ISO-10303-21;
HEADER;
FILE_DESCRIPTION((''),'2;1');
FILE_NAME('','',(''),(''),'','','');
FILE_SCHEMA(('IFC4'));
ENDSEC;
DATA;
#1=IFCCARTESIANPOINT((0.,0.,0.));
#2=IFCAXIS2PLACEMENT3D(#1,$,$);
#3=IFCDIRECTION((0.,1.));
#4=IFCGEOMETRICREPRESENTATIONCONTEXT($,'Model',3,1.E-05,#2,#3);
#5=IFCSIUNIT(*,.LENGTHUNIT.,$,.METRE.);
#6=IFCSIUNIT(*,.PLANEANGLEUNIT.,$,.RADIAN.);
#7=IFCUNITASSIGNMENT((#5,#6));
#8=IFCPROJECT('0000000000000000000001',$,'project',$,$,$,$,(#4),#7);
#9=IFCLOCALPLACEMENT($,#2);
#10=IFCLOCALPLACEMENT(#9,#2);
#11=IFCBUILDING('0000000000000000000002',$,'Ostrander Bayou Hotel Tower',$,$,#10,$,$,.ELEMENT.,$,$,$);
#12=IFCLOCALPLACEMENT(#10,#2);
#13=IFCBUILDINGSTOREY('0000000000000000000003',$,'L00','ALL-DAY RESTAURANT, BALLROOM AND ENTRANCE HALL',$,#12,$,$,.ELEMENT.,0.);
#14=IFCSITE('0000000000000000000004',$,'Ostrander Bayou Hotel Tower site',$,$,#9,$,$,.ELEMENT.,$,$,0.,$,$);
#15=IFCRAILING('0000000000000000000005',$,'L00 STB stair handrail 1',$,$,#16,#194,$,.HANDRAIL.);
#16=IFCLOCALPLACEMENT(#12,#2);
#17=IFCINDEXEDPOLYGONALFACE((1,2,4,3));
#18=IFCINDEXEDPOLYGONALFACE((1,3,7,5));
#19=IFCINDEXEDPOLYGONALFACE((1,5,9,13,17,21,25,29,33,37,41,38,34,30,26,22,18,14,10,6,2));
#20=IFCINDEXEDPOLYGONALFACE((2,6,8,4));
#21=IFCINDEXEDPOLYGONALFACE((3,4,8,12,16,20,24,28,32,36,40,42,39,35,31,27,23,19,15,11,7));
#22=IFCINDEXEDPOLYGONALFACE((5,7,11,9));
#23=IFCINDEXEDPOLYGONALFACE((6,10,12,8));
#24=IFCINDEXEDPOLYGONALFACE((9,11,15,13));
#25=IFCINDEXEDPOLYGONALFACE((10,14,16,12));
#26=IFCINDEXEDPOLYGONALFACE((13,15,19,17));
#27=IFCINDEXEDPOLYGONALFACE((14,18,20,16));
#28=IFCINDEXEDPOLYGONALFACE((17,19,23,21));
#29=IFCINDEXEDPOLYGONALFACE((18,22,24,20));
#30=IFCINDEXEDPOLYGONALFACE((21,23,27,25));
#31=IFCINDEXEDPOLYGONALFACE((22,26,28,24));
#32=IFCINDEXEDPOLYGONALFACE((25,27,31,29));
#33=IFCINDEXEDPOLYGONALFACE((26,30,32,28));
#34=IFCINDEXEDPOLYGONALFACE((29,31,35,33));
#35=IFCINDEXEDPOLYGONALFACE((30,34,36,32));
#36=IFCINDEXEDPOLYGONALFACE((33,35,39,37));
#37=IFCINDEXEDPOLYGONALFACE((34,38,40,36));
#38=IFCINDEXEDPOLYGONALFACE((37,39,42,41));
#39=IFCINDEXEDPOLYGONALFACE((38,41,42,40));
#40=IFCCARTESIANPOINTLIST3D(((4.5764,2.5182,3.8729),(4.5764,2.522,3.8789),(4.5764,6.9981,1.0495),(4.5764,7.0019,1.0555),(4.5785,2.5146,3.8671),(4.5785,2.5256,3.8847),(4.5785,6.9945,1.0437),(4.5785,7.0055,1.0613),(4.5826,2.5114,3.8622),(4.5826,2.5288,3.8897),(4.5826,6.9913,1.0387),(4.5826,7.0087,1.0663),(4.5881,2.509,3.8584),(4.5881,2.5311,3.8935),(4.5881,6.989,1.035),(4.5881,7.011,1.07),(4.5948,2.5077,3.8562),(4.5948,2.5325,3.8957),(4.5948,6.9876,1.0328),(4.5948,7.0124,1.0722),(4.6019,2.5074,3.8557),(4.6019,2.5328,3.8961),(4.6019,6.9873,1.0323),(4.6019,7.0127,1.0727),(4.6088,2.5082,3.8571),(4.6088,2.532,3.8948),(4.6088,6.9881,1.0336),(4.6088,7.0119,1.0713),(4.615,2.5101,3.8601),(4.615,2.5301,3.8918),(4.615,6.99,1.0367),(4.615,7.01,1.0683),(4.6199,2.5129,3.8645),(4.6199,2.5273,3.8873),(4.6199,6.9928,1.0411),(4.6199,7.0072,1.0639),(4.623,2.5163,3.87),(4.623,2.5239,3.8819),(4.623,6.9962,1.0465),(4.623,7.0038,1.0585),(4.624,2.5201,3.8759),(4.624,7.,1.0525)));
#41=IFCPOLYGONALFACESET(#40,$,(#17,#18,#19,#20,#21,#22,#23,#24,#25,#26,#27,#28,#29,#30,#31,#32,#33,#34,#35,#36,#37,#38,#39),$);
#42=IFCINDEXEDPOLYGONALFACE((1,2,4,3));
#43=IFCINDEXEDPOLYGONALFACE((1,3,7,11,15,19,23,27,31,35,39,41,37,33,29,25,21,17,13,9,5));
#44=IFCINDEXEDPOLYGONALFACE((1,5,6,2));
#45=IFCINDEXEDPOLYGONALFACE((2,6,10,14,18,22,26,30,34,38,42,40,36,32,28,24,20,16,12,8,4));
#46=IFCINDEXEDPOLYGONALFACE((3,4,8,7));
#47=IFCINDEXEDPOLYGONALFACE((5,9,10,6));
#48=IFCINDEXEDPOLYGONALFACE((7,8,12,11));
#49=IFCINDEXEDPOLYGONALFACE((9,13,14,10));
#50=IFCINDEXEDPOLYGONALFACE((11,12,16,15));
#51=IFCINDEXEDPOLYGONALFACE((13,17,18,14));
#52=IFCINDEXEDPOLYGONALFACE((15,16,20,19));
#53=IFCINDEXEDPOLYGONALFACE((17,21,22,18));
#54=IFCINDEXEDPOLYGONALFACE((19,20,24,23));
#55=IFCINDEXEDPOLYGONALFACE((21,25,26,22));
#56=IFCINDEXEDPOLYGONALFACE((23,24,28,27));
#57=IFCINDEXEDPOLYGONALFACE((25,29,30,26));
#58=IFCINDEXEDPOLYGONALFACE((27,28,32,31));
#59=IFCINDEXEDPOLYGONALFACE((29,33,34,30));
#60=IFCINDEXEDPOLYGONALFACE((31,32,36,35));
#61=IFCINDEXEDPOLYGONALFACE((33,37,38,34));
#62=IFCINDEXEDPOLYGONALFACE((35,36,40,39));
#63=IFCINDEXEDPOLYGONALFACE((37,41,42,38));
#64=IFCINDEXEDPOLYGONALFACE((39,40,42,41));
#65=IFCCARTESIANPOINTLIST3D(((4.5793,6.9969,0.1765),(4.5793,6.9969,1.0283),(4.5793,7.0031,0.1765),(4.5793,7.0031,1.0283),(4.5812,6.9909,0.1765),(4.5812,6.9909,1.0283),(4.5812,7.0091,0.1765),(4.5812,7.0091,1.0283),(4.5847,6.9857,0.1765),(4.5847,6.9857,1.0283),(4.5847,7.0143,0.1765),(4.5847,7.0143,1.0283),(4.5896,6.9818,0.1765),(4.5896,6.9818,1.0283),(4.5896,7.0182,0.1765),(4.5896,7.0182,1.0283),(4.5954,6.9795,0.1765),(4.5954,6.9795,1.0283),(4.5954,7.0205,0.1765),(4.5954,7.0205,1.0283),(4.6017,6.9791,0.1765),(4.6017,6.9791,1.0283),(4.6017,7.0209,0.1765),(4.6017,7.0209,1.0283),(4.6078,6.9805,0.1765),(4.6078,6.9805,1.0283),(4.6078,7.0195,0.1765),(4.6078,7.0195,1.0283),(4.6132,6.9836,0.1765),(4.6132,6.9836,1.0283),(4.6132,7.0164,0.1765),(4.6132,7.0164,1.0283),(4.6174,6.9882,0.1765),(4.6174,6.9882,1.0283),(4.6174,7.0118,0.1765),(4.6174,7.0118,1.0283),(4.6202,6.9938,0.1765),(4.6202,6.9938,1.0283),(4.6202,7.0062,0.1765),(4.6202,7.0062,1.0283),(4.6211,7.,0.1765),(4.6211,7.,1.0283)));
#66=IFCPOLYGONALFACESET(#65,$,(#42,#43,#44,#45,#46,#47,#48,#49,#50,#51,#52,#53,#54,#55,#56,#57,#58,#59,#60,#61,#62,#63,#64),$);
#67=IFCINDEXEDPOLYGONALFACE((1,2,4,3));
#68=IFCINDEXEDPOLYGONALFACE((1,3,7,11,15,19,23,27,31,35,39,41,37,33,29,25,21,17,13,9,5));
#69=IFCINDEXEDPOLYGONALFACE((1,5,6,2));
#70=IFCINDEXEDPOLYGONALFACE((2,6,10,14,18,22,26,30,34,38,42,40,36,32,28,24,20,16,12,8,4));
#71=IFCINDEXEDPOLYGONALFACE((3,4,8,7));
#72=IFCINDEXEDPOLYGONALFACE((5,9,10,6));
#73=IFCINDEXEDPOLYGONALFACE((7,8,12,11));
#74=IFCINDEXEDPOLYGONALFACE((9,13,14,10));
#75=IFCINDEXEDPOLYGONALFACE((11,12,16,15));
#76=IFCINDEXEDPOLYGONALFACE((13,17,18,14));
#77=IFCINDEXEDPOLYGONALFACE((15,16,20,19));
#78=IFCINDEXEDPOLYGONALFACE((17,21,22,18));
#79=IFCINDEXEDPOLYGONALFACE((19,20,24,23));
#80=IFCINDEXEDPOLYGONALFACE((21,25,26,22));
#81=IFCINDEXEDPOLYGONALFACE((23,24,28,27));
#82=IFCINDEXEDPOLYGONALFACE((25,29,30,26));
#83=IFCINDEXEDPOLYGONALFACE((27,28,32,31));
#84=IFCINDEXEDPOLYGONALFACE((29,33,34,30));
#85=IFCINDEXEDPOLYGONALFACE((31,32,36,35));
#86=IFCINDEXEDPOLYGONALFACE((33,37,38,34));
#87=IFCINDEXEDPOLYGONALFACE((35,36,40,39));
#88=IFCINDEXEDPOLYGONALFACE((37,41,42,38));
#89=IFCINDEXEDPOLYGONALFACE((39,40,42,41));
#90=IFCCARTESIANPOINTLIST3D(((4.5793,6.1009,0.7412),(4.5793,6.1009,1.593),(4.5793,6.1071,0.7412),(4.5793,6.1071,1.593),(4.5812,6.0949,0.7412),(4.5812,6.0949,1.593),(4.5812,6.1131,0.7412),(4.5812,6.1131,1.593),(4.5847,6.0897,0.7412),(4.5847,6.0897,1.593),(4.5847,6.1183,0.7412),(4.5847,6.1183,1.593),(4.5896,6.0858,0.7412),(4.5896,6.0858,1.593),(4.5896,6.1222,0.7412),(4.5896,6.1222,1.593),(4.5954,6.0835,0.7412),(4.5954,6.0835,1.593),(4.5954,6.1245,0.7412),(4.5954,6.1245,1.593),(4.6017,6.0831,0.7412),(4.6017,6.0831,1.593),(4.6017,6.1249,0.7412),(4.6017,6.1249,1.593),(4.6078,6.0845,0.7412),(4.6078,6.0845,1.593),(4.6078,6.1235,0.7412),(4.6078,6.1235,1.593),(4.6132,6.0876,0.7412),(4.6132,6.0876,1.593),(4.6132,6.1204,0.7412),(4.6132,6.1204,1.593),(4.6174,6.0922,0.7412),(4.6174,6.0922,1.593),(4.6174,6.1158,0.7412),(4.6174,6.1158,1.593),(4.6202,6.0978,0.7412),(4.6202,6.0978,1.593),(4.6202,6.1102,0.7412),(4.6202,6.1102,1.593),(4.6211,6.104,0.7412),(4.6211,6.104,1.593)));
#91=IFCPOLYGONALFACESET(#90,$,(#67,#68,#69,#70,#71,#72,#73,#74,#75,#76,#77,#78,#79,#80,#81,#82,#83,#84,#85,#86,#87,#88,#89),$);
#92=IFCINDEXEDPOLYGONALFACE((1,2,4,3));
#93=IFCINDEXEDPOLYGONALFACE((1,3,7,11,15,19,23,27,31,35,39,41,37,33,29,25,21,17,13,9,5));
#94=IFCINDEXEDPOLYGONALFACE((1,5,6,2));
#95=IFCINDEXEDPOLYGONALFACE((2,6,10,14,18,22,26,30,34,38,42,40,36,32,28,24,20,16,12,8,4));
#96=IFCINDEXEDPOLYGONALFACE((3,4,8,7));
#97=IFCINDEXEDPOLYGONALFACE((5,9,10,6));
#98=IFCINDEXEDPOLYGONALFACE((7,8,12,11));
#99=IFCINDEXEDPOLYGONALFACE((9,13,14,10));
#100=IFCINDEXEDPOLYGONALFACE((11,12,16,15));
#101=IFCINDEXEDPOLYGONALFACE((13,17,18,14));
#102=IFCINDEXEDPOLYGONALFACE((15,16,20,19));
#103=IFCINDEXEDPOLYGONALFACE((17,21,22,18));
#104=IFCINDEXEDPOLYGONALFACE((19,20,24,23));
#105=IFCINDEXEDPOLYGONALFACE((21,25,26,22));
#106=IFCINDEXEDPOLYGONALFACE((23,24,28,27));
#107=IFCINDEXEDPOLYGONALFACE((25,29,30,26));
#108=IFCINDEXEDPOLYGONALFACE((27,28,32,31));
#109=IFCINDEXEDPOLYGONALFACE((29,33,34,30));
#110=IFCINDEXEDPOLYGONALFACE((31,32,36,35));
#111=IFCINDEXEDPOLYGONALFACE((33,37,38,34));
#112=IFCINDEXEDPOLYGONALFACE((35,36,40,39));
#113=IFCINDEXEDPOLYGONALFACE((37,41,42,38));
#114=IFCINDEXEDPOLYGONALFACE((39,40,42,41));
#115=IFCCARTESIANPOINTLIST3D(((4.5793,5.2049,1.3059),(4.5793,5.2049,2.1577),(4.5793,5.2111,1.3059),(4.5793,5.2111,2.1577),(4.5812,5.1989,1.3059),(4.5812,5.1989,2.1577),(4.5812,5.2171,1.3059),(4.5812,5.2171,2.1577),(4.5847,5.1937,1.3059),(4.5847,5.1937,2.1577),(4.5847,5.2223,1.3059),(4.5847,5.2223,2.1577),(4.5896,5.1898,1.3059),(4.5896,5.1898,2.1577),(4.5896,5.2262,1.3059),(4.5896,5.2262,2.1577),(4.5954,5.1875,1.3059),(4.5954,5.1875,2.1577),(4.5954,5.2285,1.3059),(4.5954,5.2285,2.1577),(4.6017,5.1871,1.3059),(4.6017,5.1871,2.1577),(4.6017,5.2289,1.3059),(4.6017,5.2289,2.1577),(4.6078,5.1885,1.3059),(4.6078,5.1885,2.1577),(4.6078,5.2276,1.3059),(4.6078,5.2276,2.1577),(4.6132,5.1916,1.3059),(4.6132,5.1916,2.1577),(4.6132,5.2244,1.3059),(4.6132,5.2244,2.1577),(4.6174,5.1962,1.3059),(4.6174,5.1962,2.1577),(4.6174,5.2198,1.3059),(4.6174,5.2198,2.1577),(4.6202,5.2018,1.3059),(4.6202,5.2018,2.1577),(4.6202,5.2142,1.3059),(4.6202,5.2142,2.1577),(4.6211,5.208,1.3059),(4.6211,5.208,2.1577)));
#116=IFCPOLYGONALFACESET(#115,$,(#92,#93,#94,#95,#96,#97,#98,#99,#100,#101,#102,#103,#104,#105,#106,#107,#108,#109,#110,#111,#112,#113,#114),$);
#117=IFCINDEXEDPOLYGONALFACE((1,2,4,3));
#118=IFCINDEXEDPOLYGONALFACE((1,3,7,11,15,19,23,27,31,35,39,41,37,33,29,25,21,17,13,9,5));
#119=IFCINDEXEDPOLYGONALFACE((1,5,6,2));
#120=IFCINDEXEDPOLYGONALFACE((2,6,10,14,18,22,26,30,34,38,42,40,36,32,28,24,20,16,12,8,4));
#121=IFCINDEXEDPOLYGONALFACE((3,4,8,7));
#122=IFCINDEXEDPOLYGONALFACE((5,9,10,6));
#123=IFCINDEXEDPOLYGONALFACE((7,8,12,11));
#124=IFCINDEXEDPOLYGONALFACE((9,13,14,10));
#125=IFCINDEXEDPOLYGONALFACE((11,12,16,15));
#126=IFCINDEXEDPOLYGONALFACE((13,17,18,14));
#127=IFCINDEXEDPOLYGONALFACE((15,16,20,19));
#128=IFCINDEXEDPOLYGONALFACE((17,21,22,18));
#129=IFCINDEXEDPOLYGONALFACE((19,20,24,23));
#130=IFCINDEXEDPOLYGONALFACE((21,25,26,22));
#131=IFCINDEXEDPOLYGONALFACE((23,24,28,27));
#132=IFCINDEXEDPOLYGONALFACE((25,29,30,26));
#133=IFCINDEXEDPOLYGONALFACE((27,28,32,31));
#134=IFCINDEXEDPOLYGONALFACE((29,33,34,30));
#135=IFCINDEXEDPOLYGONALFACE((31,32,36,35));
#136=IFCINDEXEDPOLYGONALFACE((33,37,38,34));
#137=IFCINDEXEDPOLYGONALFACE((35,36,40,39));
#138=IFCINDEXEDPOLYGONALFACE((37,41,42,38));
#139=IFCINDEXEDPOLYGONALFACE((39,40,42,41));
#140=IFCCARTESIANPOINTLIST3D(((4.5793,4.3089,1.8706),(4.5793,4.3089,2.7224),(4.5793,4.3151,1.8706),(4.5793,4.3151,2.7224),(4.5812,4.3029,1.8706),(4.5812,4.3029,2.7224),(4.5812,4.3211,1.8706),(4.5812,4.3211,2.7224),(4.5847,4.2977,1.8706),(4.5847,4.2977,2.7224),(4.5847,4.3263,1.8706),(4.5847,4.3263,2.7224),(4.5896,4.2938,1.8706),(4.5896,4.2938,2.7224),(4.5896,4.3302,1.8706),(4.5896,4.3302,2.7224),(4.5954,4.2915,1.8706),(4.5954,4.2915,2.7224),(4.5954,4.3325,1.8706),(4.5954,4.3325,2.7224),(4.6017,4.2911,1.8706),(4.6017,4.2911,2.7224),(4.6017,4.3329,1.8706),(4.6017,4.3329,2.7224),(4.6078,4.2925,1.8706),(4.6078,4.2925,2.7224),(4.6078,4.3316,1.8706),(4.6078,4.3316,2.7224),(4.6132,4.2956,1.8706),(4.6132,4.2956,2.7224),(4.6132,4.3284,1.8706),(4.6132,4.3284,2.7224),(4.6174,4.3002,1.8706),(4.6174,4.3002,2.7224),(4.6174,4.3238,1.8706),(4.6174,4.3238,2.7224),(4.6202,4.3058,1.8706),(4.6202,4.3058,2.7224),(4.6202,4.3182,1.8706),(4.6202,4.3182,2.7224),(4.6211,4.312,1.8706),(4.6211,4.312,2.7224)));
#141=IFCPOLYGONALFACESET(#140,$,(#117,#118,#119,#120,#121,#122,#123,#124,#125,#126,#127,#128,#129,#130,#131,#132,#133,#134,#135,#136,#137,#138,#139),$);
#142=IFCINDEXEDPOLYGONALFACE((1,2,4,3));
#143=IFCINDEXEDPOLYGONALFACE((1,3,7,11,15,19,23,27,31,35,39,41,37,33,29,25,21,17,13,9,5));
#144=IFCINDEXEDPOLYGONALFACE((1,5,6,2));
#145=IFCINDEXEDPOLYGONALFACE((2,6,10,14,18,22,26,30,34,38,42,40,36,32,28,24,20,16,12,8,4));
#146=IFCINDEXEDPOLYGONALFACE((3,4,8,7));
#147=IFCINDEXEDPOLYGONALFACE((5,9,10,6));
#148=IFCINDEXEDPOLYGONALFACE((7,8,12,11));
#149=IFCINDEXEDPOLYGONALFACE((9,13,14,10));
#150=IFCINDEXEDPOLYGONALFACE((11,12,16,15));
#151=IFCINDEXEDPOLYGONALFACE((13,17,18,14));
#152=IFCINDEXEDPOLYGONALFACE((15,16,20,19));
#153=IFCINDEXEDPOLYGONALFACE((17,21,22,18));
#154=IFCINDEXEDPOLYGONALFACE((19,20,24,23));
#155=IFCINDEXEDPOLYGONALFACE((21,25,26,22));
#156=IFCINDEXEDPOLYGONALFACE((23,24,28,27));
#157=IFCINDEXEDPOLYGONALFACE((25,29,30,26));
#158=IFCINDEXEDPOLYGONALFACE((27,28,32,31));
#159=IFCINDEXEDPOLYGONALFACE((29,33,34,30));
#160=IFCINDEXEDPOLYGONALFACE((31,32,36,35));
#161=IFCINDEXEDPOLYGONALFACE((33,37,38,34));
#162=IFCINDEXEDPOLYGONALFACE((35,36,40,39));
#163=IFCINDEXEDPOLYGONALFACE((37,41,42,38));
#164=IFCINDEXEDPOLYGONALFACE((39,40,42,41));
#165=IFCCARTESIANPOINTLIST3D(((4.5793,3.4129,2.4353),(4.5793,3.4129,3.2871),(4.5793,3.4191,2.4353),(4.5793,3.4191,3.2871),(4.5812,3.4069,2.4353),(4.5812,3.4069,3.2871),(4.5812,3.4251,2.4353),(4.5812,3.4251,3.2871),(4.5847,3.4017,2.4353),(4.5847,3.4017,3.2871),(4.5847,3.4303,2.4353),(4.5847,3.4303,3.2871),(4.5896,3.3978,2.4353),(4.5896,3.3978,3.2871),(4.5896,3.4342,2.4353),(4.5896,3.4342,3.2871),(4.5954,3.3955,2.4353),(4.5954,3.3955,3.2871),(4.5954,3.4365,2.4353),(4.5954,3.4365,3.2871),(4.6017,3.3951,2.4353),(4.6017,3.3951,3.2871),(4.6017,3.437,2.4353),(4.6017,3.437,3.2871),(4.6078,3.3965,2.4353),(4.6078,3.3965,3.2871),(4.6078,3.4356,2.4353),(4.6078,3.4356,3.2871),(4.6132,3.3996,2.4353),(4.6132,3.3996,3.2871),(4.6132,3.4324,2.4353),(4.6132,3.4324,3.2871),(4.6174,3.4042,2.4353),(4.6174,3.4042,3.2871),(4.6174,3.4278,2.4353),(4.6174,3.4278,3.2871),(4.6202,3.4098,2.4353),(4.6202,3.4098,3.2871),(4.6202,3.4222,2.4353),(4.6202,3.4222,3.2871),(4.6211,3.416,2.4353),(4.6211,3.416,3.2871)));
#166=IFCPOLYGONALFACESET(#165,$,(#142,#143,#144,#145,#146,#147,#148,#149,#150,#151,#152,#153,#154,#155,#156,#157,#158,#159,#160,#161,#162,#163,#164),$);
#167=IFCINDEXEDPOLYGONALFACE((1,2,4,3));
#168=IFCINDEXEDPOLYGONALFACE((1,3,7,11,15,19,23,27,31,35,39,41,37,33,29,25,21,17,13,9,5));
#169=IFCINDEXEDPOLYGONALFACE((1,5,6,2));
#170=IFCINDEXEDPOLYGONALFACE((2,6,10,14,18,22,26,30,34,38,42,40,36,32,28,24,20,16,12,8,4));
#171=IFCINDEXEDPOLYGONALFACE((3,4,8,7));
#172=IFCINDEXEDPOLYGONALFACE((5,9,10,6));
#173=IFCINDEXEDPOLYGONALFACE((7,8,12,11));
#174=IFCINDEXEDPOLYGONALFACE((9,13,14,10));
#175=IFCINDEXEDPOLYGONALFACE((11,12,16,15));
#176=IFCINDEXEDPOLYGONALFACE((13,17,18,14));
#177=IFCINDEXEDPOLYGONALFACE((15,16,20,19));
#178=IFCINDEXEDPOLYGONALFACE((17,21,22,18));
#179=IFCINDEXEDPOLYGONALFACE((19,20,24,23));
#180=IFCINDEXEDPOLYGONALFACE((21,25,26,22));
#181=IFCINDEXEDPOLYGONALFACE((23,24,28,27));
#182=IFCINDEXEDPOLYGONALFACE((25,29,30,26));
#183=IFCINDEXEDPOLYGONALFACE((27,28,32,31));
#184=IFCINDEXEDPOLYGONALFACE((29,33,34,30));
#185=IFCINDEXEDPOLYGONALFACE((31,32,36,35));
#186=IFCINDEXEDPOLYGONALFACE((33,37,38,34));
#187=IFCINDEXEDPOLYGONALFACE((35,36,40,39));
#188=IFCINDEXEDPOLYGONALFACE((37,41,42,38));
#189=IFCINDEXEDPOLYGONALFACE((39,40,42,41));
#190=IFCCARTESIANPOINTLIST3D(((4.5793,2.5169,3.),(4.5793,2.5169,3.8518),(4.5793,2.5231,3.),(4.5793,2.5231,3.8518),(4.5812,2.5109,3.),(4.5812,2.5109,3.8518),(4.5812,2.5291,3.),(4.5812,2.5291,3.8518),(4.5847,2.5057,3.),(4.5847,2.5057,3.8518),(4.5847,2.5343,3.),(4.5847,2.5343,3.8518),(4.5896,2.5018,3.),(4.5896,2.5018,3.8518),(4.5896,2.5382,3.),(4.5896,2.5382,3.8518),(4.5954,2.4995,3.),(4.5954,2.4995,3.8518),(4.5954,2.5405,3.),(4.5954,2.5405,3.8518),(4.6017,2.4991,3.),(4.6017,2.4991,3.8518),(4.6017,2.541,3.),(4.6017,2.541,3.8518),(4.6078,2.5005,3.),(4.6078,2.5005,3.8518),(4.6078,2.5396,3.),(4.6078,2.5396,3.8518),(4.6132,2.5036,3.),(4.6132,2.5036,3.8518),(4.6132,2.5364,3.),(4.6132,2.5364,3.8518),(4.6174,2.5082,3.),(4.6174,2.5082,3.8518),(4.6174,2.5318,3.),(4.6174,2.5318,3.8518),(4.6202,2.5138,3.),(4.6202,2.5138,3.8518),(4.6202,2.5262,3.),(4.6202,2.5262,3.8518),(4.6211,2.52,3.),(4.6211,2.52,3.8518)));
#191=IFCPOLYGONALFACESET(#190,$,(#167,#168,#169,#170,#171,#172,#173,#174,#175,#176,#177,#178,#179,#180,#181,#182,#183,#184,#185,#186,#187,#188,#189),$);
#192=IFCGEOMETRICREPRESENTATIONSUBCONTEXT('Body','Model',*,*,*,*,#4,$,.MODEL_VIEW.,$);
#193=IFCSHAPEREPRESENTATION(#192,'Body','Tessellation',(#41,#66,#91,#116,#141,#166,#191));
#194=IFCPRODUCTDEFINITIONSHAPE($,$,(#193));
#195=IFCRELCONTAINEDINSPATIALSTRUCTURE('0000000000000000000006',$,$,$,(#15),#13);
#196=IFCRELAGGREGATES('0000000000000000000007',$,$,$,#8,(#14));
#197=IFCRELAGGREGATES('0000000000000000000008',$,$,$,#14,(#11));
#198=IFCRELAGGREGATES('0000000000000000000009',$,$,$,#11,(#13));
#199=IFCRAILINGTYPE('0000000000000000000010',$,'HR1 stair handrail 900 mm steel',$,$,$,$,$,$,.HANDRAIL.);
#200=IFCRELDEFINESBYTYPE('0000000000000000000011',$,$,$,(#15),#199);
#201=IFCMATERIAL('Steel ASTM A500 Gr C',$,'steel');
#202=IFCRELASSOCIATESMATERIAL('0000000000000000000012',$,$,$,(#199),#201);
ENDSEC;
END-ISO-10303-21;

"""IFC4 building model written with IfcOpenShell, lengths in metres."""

from ifc_helpers import new_model, si_unit, direction, frame, origin, origin_2d, place, context, subcontext, project, spatial, circle, extrude, material, type_object, element, save


model = new_model("IFC4")

# Units and contexts
model_context = context("Model", 3, precision=1e-05, world=origin(), true_north=direction((0.0, 1.0)))
body_context = subcontext(model_context, "Body", "Model", "MODEL_VIEW")
ifc_project = project(units=[si_unit("LENGTHUNIT", "METRE"), si_unit("PLANEANGLEUNIT", "RADIAN")], contexts=[model_context])

# Site, building, storey
site_placement = place(None, origin())
site = spatial("IfcSite", under=ifc_project, at=site_placement, Name="Ostrander Bayou Hotel Tower site", CompositionType="ELEMENT", RefElevation=0.0)
building_placement = place(site_placement, origin())
building = spatial("IfcBuilding", under=site, at=building_placement, Name="Ostrander Bayou Hotel Tower", CompositionType="ELEMENT")
storey_placement = place(building_placement, origin())
storey = spatial("IfcBuildingStorey", under=building, at=storey_placement, Name="L00", Description="ALL-DAY RESTAURANT, BALLROOM AND ENTRANCE HALL", CompositionType="ELEMENT", Elevation=0.0)

# Railing
ifc_material_1 = material(Name="Steel ASTM A500 Gr C", Category="steel")
railing_type_1 = type_object("IfcRailingType", Name="HR1 stair handrail 900 mm steel", PredefinedType="HANDRAIL", material=ifc_material_1)
railing_1_placement = place(storey_placement, frame((4.6001, 7.0, 0.1765)))
element("IfcRailing", 1, at=railing_1_placement, inside=storey, type_object=railing_type_1, Name="L00 STB stair handrail 1", PredefinedType="HANDRAIL", context=body_context, shape_type="SweptSolid", body=[
    extrude(circle(Radius=0.0239, at=origin_2d()), frame((0.0, 0.0, 0.876), z_axis=(0.0, -0.845998, 0.533186), x_axis=(1.0, 0.0, 0.0)), (0.0, 0.0, 1.0), 5.2954),
    extrude(circle(Radius=0.021, at=origin_2d()), origin(), (0.0, 0.0, 1.0), 0.8518),
    extrude(circle(Radius=0.021, at=origin_2d()), frame((0.0, -0.896, 0.5647)), (0.0, 0.0, 1.0), 0.8518),
    extrude(circle(Radius=0.021, at=origin_2d()), frame((0.0, -1.792, 1.1294)), (0.0, 0.0, 1.0), 0.8518),
    extrude(circle(Radius=0.021, at=origin_2d()), frame((0.0, -2.688, 1.6941)), (0.0, 0.0, 1.0), 0.8518),
    extrude(circle(Radius=0.021, at=origin_2d()), frame((0.0, -3.584, 2.2588)), (0.0, 0.0, 1.0), 0.8518),
    extrude(circle(Radius=0.021, at=origin_2d()), frame((0.0, -4.48, 2.8235)), (0.0, 0.0, 1.0), 0.8518),
])

save(model, "model.ifc")
